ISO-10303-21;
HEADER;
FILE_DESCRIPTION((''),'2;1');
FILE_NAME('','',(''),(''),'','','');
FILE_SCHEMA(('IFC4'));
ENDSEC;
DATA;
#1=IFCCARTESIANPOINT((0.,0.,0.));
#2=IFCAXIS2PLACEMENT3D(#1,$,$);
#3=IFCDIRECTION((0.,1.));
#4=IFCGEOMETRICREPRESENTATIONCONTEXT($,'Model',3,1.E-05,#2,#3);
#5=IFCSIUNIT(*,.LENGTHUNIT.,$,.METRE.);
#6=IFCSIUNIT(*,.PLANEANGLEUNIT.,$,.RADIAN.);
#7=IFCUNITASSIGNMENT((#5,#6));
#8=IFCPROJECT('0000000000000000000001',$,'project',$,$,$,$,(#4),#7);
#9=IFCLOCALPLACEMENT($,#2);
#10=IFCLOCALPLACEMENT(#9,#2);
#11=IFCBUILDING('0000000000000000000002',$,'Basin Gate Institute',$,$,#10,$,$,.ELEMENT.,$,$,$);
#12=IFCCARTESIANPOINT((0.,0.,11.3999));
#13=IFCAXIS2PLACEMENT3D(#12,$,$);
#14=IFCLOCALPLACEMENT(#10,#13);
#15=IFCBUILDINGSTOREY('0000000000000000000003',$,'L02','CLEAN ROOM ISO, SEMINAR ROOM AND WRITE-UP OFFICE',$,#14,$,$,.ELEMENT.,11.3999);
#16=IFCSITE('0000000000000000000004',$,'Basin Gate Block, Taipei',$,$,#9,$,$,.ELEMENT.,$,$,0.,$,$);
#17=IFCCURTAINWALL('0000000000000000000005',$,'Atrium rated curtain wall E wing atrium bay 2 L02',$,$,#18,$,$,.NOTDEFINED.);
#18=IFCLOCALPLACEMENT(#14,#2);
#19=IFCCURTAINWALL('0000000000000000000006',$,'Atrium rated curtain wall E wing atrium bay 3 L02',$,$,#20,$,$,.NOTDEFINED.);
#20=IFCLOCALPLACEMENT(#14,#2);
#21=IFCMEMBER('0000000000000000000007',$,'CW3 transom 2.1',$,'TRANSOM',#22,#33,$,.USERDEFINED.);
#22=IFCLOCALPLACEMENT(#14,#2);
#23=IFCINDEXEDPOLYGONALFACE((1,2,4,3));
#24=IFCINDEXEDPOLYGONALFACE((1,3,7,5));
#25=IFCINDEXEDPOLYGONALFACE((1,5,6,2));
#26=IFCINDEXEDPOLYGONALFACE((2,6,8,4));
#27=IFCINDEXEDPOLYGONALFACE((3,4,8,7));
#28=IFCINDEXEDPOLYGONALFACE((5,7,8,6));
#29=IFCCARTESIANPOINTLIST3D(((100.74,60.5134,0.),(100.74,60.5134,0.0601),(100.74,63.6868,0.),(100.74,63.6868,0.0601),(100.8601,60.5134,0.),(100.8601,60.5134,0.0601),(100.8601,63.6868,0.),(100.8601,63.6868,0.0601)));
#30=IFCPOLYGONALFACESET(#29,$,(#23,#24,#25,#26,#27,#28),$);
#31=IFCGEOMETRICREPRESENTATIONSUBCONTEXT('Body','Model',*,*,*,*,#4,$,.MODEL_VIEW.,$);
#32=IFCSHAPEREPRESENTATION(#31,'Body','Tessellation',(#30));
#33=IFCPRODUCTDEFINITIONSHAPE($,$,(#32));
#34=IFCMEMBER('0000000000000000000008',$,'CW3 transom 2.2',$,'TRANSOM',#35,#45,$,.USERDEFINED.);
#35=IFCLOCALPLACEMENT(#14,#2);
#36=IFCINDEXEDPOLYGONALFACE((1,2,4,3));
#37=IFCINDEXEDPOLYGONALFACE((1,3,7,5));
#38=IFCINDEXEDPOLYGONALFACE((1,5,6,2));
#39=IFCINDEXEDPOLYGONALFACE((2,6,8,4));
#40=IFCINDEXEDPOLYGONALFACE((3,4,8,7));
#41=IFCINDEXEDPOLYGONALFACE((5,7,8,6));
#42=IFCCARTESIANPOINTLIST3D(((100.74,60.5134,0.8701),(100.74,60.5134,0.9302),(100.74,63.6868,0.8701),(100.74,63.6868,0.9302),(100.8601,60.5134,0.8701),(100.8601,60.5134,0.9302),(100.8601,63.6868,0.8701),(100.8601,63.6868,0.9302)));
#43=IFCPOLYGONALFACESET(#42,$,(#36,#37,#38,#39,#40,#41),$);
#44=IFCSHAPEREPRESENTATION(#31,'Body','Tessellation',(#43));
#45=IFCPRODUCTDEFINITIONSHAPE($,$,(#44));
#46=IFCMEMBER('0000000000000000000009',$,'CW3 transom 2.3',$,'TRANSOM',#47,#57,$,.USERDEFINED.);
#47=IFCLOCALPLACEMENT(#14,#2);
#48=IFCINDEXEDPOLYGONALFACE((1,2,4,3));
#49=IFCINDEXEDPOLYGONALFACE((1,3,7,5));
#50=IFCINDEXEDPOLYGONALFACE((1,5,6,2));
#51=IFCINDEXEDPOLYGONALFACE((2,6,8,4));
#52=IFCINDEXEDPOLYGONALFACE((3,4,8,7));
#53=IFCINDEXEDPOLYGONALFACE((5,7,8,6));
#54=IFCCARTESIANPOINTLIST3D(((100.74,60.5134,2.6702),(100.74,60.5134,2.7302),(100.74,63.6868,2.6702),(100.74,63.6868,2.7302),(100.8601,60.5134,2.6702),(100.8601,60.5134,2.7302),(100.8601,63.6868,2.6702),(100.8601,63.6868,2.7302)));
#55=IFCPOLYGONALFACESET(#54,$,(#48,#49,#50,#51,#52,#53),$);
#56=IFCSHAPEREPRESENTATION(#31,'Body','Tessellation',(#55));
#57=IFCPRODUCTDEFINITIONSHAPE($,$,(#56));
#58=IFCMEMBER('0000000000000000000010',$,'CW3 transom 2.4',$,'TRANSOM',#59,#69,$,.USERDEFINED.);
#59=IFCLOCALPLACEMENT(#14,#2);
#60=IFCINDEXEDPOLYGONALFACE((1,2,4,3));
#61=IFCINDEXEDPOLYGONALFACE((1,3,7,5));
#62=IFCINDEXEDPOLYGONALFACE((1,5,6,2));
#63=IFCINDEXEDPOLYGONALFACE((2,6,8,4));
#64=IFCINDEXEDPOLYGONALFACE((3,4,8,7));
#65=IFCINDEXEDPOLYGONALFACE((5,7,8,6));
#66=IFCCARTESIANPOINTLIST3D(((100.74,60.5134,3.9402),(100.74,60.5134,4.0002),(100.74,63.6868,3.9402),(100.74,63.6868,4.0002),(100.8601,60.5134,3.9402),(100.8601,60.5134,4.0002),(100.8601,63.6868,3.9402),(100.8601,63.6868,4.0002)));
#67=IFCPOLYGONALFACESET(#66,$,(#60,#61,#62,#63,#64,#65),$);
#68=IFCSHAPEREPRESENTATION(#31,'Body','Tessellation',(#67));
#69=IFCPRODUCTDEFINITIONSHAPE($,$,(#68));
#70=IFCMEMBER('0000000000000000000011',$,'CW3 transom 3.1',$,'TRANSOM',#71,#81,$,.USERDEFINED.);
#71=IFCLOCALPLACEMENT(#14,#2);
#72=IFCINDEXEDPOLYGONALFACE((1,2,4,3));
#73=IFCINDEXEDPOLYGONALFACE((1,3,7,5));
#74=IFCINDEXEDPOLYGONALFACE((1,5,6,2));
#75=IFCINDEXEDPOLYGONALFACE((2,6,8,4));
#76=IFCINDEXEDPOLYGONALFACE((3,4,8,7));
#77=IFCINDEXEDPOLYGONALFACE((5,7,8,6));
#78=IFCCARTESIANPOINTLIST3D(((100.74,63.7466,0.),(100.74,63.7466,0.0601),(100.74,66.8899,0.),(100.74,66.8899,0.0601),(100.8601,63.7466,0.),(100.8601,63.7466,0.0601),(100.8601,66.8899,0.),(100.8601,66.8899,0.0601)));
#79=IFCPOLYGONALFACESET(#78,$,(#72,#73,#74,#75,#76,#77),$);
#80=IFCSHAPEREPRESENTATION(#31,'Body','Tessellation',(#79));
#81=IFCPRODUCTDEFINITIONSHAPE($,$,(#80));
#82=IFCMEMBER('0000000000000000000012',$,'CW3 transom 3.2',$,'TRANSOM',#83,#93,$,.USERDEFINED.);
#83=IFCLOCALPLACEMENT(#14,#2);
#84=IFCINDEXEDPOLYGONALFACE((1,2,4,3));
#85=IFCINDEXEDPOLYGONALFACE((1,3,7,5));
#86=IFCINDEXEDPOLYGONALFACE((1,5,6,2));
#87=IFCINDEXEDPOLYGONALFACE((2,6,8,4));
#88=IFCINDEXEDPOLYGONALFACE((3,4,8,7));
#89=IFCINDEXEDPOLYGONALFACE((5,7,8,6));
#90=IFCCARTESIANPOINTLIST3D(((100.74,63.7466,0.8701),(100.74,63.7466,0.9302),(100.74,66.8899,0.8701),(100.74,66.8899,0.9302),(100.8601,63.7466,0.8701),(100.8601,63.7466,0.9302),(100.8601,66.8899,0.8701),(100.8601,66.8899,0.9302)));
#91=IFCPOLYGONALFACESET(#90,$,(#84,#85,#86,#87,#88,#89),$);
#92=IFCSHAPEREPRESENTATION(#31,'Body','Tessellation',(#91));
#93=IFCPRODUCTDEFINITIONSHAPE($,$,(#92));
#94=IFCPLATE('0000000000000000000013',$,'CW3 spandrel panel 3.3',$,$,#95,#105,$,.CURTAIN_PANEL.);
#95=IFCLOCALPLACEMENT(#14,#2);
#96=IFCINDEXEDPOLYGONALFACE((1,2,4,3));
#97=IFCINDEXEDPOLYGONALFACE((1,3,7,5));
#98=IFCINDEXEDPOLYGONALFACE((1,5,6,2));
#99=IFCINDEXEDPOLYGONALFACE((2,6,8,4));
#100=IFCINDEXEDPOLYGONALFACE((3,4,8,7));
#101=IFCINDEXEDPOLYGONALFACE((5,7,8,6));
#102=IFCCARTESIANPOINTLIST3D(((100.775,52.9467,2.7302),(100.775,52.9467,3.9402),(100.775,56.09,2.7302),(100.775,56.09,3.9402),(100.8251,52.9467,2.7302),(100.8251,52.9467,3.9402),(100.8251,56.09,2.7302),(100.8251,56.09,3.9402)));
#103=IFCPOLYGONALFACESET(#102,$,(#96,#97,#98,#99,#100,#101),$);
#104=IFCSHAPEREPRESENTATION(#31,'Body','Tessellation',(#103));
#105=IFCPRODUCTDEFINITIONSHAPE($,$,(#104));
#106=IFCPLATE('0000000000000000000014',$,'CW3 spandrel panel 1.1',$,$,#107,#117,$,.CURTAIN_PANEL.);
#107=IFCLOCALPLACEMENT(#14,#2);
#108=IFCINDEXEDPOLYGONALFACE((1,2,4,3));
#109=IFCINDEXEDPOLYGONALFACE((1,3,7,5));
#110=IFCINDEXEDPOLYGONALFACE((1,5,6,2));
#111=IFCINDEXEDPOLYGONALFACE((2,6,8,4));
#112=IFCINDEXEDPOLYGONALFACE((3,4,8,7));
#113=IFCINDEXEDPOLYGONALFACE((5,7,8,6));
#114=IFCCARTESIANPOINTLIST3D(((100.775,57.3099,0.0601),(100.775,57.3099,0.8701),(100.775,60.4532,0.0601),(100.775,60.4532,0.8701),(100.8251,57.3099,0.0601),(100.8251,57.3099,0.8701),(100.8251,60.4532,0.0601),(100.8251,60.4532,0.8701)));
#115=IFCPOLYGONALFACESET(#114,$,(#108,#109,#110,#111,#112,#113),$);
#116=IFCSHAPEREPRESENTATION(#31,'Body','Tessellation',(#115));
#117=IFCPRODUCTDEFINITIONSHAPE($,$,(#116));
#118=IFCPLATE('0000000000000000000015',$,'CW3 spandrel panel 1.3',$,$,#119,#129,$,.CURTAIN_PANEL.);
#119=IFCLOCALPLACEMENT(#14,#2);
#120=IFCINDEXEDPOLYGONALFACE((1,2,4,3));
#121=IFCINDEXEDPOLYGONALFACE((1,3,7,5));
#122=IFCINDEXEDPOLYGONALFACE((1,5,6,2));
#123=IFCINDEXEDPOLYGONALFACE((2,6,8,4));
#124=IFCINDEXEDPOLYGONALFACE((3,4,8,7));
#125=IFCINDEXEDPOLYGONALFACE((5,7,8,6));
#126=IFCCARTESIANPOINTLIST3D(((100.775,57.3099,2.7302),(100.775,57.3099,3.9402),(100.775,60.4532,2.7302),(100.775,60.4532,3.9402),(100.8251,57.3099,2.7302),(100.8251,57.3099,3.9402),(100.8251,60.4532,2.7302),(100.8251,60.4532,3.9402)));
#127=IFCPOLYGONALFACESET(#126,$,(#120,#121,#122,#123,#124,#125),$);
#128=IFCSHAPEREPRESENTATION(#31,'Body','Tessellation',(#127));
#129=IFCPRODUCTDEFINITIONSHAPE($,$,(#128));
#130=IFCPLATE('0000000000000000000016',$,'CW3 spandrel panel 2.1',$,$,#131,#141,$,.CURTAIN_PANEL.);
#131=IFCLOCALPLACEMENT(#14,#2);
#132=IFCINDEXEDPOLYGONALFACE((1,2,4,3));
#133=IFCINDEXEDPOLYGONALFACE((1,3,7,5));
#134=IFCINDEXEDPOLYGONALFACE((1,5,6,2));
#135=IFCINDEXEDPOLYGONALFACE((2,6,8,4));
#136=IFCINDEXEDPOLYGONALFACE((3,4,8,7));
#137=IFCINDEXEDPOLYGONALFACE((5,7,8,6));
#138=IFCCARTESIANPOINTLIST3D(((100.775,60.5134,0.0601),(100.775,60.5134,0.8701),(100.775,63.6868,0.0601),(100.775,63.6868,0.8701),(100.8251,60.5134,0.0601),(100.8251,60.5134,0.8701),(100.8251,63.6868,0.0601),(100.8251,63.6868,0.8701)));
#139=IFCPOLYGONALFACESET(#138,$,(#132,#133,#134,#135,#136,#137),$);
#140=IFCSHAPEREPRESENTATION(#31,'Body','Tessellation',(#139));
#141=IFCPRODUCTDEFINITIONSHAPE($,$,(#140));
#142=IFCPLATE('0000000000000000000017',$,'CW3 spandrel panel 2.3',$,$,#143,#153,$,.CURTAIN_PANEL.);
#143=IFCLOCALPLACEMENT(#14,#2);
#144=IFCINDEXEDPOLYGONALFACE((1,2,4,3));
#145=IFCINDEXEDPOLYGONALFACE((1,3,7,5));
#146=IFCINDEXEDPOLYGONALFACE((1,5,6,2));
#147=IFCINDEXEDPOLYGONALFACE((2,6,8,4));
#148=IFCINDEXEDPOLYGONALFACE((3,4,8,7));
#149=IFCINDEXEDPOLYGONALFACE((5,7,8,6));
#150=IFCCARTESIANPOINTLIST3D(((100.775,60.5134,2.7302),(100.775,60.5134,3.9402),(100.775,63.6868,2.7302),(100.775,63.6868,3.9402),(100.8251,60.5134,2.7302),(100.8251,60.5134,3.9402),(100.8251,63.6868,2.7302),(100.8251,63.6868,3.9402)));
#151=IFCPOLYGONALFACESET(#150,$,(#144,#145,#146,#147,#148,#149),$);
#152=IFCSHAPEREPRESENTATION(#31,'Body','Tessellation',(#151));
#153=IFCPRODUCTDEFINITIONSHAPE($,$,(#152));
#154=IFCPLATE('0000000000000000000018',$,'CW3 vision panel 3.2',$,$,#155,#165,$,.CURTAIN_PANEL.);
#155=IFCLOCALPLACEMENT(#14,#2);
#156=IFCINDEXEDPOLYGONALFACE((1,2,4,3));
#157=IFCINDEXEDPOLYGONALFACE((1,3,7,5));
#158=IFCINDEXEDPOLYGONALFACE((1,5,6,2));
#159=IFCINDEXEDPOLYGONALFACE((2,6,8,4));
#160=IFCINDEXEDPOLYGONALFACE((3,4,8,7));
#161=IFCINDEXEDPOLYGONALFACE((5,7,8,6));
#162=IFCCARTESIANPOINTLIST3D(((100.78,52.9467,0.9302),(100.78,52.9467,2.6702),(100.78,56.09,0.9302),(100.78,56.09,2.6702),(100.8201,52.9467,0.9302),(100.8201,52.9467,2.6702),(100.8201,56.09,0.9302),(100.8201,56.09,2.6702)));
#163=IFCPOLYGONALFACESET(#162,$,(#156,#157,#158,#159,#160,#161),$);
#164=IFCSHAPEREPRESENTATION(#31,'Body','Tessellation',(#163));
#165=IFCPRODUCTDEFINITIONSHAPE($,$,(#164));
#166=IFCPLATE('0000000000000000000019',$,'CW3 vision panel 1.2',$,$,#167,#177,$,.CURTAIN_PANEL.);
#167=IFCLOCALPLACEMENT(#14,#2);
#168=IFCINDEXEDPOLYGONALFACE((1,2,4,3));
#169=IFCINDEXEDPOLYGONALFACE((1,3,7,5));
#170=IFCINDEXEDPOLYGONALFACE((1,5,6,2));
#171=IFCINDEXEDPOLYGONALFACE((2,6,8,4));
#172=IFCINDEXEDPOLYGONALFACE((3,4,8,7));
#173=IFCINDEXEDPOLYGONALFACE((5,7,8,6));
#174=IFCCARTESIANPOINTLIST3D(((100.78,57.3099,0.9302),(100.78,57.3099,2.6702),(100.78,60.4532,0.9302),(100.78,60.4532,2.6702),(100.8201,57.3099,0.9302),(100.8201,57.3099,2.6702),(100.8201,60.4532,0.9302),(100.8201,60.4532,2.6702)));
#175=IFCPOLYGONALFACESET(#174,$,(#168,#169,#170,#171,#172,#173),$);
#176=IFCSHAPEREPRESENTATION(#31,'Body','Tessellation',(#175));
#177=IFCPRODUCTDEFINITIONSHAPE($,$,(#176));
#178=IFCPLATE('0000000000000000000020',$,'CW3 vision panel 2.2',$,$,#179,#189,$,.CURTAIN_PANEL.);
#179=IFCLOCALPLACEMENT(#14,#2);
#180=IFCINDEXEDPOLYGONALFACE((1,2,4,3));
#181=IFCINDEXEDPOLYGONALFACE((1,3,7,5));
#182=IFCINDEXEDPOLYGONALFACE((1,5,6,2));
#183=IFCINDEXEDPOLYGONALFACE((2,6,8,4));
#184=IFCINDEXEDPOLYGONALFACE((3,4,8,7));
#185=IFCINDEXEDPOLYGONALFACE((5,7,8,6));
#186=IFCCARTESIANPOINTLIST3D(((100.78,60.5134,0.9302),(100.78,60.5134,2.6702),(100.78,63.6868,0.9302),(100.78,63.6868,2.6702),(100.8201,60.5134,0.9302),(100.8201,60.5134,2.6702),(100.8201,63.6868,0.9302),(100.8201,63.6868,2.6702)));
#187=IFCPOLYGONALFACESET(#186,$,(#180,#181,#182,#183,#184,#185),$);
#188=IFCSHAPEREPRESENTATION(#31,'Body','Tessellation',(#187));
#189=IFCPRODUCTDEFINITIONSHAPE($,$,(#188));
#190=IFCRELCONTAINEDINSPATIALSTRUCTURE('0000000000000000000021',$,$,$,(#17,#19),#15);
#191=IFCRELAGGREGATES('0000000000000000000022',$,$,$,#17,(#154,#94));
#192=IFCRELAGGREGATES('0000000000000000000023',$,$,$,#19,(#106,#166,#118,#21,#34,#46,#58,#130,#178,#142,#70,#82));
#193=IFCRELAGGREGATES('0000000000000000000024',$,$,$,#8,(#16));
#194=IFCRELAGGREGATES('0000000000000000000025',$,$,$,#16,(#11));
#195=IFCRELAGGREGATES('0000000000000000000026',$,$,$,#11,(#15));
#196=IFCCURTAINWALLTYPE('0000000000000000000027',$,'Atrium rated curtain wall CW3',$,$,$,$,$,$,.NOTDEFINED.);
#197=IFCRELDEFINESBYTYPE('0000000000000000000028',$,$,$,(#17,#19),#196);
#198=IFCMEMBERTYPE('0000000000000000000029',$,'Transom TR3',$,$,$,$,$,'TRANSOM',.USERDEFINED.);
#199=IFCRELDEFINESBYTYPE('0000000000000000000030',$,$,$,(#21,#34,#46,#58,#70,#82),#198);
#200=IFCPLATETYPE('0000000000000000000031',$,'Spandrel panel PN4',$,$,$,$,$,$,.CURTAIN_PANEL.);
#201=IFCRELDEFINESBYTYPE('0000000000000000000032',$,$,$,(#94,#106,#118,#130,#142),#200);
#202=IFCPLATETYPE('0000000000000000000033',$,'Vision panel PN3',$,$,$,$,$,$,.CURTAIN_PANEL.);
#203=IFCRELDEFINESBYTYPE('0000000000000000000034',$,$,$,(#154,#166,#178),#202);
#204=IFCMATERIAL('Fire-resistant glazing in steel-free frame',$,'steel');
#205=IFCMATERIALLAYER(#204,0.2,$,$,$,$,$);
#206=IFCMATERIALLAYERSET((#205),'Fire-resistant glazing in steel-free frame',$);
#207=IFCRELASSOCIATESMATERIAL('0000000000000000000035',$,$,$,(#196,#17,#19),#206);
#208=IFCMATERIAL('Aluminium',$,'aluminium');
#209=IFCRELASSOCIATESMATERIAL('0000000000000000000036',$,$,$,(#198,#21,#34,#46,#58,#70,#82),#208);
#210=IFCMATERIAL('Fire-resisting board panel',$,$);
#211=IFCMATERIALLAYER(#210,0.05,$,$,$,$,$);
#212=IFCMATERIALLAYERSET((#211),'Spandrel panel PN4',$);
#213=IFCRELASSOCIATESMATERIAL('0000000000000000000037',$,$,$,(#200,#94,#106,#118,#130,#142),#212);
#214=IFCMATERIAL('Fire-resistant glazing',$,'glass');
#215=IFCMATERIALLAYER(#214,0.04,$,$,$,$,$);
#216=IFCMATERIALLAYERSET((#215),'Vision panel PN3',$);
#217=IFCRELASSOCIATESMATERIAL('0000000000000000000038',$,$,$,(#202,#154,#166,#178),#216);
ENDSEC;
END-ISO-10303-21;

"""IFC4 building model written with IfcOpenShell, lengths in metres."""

from ifc_helpers import new_model, si_unit, direction, frame, origin, origin_2d, place, context, subcontext, project, spatial, rectangle, extrude, material, layer, layer_set, material_profile, profile_set, type_object, element, aggregate, save


model = new_model("IFC4")

# Units and contexts
model_context = context("Model", 3, precision=1e-05, world=origin(), true_north=direction((0.0, 1.0)))
body_context = subcontext(model_context, "Body", "Model", "MODEL_VIEW")
ifc_project = project(units=[si_unit("LENGTHUNIT", "METRE"), si_unit("PLANEANGLEUNIT", "RADIAN")], contexts=[model_context])

# Site, building, storey
site_placement = place(None, origin())
site = spatial("IfcSite", under=ifc_project, at=site_placement, Name="Basin Gate Block, Taipei", CompositionType="ELEMENT", RefElevation=0.0)
building_placement = place(site_placement, origin())
building = spatial("IfcBuilding", under=site, at=building_placement, Name="Basin Gate Institute", CompositionType="ELEMENT")
storey_placement = place(building_placement, frame((0.0, 0.0, 11.3999)))
storey = spatial("IfcBuildingStorey", under=building, at=storey_placement, Name="L02", Description="CLEAN ROOM ISO, SEMINAR ROOM AND WRITE-UP OFFICE", CompositionType="ELEMENT", Elevation=11.3999)

# Curtain wall
ifc_material_1 = material(Name="Fire-resistant glazing in steel-free frame", Category="steel")
ifc_layer_1 = layer(ifc_material_1, 0.2)
ifc_layer_set_1 = layer_set([ifc_layer_1], Name="Fire-resistant glazing in steel-free frame")
curtain_wall_type = type_object("IfcCurtainWallType", Name="Atrium rated curtain wall CW3", PredefinedType="NOTDEFINED", material=ifc_layer_set_1)
curtain_wall_1_placement = place(storey_placement, origin())
curtain_wall_1 = element("IfcCurtainWall", 1, at=curtain_wall_1_placement, inside=storey, type_object=curtain_wall_type, material=ifc_layer_set_1, Name="Atrium rated curtain wall E wing atrium bay 2 L02", PredefinedType="NOTDEFINED")

# Curtain wall
curtain_wall_2_placement = place(storey_placement, origin())
curtain_wall_2 = element("IfcCurtainWall", 2, at=curtain_wall_2_placement, inside=storey, type_object=curtain_wall_type, material=ifc_layer_set_1, Name="Atrium rated curtain wall E wing atrium bay 3 L02", PredefinedType="NOTDEFINED")

# Members
ifc_material_2 = material(Name="Aluminium", Category="aluminium")
ifc_material_profile_1 = material_profile(ifc_material_2, rectangle(XDim=0.1201, YDim=0.0601, at=origin_2d()), Name="Transom TR3 120 x 60")
ifc_profile_set_1 = profile_set([ifc_material_profile_1], Name="Aluminium")
member_type_1 = type_object("IfcMemberType", Name="Transom TR3", ElementType="TRANSOM", PredefinedType="USERDEFINED", material=ifc_profile_set_1)
member_1_placement = place(storey_placement, frame((100.8, 60.5134, 0.03), z_axis=(0.0, 1.0, 0.0), x_axis=(-1.0, 0.0, 0.0)))
member_1 = element("IfcMember", 3, at=member_1_placement, type_object=member_type_1, material=ifc_profile_set_1, Name="CW3 transom 2.1", ObjectType="TRANSOM", PredefinedType="USERDEFINED", context=body_context, shape_type="SweptSolid", body=[
    extrude(rectangle(XDim=0.1201, YDim=0.0601, at=origin_2d()), origin(), (0.0, 0.0, 1.0), 3.1733),
])
member_2_placement = place(storey_placement, frame((100.8, 60.5134, 0.9001), z_axis=(0.0, 1.0, 0.0), x_axis=(-1.0, 0.0, 0.0)))
member_2 = element("IfcMember", 4, at=member_2_placement, type_object=member_type_1, material=ifc_profile_set_1, Name="CW3 transom 2.2", ObjectType="TRANSOM", PredefinedType="USERDEFINED", context=body_context, shape_type="SweptSolid", body=[
    extrude(rectangle(XDim=0.1201, YDim=0.0601, at=origin_2d()), origin(), (0.0, 0.0, 1.0), 3.1733),
])
member_3_placement = place(storey_placement, frame((100.8, 60.5134, 2.7002), z_axis=(0.0, 1.0, 0.0), x_axis=(-1.0, 0.0, 0.0)))
member_3 = element("IfcMember", 5, at=member_3_placement, type_object=member_type_1, material=ifc_profile_set_1, Name="CW3 transom 2.3", ObjectType="TRANSOM", PredefinedType="USERDEFINED", context=body_context, shape_type="SweptSolid", body=[
    extrude(rectangle(XDim=0.1201, YDim=0.0601, at=origin_2d()), origin(), (0.0, 0.0, 1.0), 3.1733),
])
member_4_placement = place(storey_placement, frame((100.8, 60.5134, 3.9702), z_axis=(0.0, 1.0, 0.0), x_axis=(-1.0, 0.0, 0.0)))
member_4 = element("IfcMember", 6, at=member_4_placement, type_object=member_type_1, material=ifc_profile_set_1, Name="CW3 transom 2.4", ObjectType="TRANSOM", PredefinedType="USERDEFINED", context=body_context, shape_type="SweptSolid", body=[
    extrude(rectangle(XDim=0.1201, YDim=0.0601, at=origin_2d()), origin(), (0.0, 0.0, 1.0), 3.1733),
])
member_5_placement = place(storey_placement, frame((100.8, 63.7466, 0.03), z_axis=(0.0, 1.0, 0.0), x_axis=(-1.0, 0.0, 0.0)))
member_5 = element("IfcMember", 7, at=member_5_placement, type_object=member_type_1, material=ifc_profile_set_1, Name="CW3 transom 3.1", ObjectType="TRANSOM", PredefinedType="USERDEFINED", context=body_context, shape_type="SweptSolid", body=[
    extrude(rectangle(XDim=0.1201, YDim=0.0601, at=origin_2d()), origin(), (0.0, 0.0, 1.0), 3.1433),
])
member_6_placement = place(storey_placement, frame((100.8, 63.7466, 0.9001), z_axis=(0.0, 1.0, 0.0), x_axis=(-1.0, 0.0, 0.0)))
member_6 = element("IfcMember", 8, at=member_6_placement, type_object=member_type_1, material=ifc_profile_set_1, Name="CW3 transom 3.2", ObjectType="TRANSOM", PredefinedType="USERDEFINED", context=body_context, shape_type="SweptSolid", body=[
    extrude(rectangle(XDim=0.1201, YDim=0.0601, at=origin_2d()), origin(), (0.0, 0.0, 1.0), 3.1433),
])

# Plates
ifc_material_3 = material(Name="Fire-resisting board panel")
ifc_layer_2 = layer(ifc_material_3, 0.05)
ifc_layer_set_2 = layer_set([ifc_layer_2], Name="Spandrel panel PN4")
plate_type_1 = type_object("IfcPlateType", Name="Spandrel panel PN4", PredefinedType="CURTAIN_PANEL", material=ifc_layer_set_2)
plate_1_placement = place(storey_placement, frame((100.8, 54.5183, 2.7302), z_axis=(0.0, 0.0, 1.0), x_axis=(0.0, 1.0, 0.0)))
plate_1 = element("IfcPlate", 9, at=plate_1_placement, type_object=plate_type_1, material=ifc_layer_set_2, Name="CW3 spandrel panel 3.3", PredefinedType="CURTAIN_PANEL", context=body_context, shape_type="SweptSolid", body=[
    extrude(rectangle(XDim=3.1433, YDim=0.05, at=origin_2d()), origin(), (0.0, 0.0, 1.0), 1.21),
])
plate_2_placement = place(storey_placement, frame((100.8, 58.8816, 0.0601), z_axis=(0.0, 0.0, 1.0), x_axis=(0.0, 1.0, 0.0)))
plate_2 = element("IfcPlate", 10, at=plate_2_placement, type_object=plate_type_1, material=ifc_layer_set_2, Name="CW3 spandrel panel 1.1", PredefinedType="CURTAIN_PANEL", context=body_context, shape_type="SweptSolid", body=[
    extrude(rectangle(XDim=3.1433, YDim=0.05, at=origin_2d()), origin(), (0.0, 0.0, 1.0), 0.8101),
])
plate_3_placement = place(storey_placement, frame((100.8, 58.8816, 2.7302), z_axis=(0.0, 0.0, 1.0), x_axis=(0.0, 1.0, 0.0)))
plate_3 = element("IfcPlate", 11, at=plate_3_placement, type_object=plate_type_1, material=ifc_layer_set_2, Name="CW3 spandrel panel 1.3", PredefinedType="CURTAIN_PANEL", context=body_context, shape_type="SweptSolid", body=[
    extrude(rectangle(XDim=3.1433, YDim=0.05, at=origin_2d()), origin(), (0.0, 0.0, 1.0), 1.21),
])
plate_4_placement = place(storey_placement, frame((100.8, 62.1001, 0.0601), z_axis=(0.0, 0.0, 1.0), x_axis=(0.0, 1.0, 0.0)))
plate_4 = element("IfcPlate", 12, at=plate_4_placement, type_object=plate_type_1, material=ifc_layer_set_2, Name="CW3 spandrel panel 2.1", PredefinedType="CURTAIN_PANEL", context=body_context, shape_type="SweptSolid", body=[
    extrude(rectangle(XDim=3.1733, YDim=0.05, at=origin_2d()), origin(), (0.0, 0.0, 1.0), 0.8101),
])
plate_5_placement = place(storey_placement, frame((100.8, 62.1001, 2.7302), z_axis=(0.0, 0.0, 1.0), x_axis=(0.0, 1.0, 0.0)))
plate_5 = element("IfcPlate", 13, at=plate_5_placement, type_object=plate_type_1, material=ifc_layer_set_2, Name="CW3 spandrel panel 2.3", PredefinedType="CURTAIN_PANEL", context=body_context, shape_type="SweptSolid", body=[
    extrude(rectangle(XDim=3.1733, YDim=0.05, at=origin_2d()), origin(), (0.0, 0.0, 1.0), 1.21),
])
ifc_material_4 = material(Name="Fire-resistant glazing", Category="glass")
ifc_layer_3 = layer(ifc_material_4, 0.04)
ifc_layer_set_3 = layer_set([ifc_layer_3], Name="Vision panel PN3")
plate_type_2 = type_object("IfcPlateType", Name="Vision panel PN3", PredefinedType="CURTAIN_PANEL", material=ifc_layer_set_3)
plate_6_placement = place(storey_placement, frame((100.8, 54.5183, 0.9302), z_axis=(0.0, 0.0, 1.0), x_axis=(0.0, 1.0, 0.0)))
plate_6 = element("IfcPlate", 14, at=plate_6_placement, type_object=plate_type_2, material=ifc_layer_set_3, Name="CW3 vision panel 3.2", PredefinedType="CURTAIN_PANEL", context=body_context, shape_type="SweptSolid", body=[
    extrude(rectangle(XDim=3.1433, YDim=0.04, at=origin_2d()), origin(), (0.0, 0.0, 1.0), 1.74),
])
aggregate(curtain_wall_1, [plate_6, plate_1])
plate_7_placement = place(storey_placement, frame((100.8, 58.8816, 0.9302), z_axis=(0.0, 0.0, 1.0), x_axis=(0.0, 1.0, 0.0)))
plate_7 = element("IfcPlate", 15, at=plate_7_placement, type_object=plate_type_2, material=ifc_layer_set_3, Name="CW3 vision panel 1.2", PredefinedType="CURTAIN_PANEL", context=body_context, shape_type="SweptSolid", body=[
    extrude(rectangle(XDim=3.1433, YDim=0.04, at=origin_2d()), origin(), (0.0, 0.0, 1.0), 1.74),
])
plate_8_placement = place(storey_placement, frame((100.8, 62.1001, 0.9302), z_axis=(0.0, 0.0, 1.0), x_axis=(0.0, 1.0, 0.0)))
plate_8 = element("IfcPlate", 16, at=plate_8_placement, type_object=plate_type_2, material=ifc_layer_set_3, Name="CW3 vision panel 2.2", PredefinedType="CURTAIN_PANEL", context=body_context, shape_type="SweptSolid", body=[
    extrude(rectangle(XDim=3.1733, YDim=0.04, at=origin_2d()), origin(), (0.0, 0.0, 1.0), 1.74),
])
aggregate(curtain_wall_2, [plate_2, plate_7, plate_3, member_1, member_2, member_3, member_4, plate_4, plate_8, plate_5, member_5, member_6])

save(model, "model.ifc")
